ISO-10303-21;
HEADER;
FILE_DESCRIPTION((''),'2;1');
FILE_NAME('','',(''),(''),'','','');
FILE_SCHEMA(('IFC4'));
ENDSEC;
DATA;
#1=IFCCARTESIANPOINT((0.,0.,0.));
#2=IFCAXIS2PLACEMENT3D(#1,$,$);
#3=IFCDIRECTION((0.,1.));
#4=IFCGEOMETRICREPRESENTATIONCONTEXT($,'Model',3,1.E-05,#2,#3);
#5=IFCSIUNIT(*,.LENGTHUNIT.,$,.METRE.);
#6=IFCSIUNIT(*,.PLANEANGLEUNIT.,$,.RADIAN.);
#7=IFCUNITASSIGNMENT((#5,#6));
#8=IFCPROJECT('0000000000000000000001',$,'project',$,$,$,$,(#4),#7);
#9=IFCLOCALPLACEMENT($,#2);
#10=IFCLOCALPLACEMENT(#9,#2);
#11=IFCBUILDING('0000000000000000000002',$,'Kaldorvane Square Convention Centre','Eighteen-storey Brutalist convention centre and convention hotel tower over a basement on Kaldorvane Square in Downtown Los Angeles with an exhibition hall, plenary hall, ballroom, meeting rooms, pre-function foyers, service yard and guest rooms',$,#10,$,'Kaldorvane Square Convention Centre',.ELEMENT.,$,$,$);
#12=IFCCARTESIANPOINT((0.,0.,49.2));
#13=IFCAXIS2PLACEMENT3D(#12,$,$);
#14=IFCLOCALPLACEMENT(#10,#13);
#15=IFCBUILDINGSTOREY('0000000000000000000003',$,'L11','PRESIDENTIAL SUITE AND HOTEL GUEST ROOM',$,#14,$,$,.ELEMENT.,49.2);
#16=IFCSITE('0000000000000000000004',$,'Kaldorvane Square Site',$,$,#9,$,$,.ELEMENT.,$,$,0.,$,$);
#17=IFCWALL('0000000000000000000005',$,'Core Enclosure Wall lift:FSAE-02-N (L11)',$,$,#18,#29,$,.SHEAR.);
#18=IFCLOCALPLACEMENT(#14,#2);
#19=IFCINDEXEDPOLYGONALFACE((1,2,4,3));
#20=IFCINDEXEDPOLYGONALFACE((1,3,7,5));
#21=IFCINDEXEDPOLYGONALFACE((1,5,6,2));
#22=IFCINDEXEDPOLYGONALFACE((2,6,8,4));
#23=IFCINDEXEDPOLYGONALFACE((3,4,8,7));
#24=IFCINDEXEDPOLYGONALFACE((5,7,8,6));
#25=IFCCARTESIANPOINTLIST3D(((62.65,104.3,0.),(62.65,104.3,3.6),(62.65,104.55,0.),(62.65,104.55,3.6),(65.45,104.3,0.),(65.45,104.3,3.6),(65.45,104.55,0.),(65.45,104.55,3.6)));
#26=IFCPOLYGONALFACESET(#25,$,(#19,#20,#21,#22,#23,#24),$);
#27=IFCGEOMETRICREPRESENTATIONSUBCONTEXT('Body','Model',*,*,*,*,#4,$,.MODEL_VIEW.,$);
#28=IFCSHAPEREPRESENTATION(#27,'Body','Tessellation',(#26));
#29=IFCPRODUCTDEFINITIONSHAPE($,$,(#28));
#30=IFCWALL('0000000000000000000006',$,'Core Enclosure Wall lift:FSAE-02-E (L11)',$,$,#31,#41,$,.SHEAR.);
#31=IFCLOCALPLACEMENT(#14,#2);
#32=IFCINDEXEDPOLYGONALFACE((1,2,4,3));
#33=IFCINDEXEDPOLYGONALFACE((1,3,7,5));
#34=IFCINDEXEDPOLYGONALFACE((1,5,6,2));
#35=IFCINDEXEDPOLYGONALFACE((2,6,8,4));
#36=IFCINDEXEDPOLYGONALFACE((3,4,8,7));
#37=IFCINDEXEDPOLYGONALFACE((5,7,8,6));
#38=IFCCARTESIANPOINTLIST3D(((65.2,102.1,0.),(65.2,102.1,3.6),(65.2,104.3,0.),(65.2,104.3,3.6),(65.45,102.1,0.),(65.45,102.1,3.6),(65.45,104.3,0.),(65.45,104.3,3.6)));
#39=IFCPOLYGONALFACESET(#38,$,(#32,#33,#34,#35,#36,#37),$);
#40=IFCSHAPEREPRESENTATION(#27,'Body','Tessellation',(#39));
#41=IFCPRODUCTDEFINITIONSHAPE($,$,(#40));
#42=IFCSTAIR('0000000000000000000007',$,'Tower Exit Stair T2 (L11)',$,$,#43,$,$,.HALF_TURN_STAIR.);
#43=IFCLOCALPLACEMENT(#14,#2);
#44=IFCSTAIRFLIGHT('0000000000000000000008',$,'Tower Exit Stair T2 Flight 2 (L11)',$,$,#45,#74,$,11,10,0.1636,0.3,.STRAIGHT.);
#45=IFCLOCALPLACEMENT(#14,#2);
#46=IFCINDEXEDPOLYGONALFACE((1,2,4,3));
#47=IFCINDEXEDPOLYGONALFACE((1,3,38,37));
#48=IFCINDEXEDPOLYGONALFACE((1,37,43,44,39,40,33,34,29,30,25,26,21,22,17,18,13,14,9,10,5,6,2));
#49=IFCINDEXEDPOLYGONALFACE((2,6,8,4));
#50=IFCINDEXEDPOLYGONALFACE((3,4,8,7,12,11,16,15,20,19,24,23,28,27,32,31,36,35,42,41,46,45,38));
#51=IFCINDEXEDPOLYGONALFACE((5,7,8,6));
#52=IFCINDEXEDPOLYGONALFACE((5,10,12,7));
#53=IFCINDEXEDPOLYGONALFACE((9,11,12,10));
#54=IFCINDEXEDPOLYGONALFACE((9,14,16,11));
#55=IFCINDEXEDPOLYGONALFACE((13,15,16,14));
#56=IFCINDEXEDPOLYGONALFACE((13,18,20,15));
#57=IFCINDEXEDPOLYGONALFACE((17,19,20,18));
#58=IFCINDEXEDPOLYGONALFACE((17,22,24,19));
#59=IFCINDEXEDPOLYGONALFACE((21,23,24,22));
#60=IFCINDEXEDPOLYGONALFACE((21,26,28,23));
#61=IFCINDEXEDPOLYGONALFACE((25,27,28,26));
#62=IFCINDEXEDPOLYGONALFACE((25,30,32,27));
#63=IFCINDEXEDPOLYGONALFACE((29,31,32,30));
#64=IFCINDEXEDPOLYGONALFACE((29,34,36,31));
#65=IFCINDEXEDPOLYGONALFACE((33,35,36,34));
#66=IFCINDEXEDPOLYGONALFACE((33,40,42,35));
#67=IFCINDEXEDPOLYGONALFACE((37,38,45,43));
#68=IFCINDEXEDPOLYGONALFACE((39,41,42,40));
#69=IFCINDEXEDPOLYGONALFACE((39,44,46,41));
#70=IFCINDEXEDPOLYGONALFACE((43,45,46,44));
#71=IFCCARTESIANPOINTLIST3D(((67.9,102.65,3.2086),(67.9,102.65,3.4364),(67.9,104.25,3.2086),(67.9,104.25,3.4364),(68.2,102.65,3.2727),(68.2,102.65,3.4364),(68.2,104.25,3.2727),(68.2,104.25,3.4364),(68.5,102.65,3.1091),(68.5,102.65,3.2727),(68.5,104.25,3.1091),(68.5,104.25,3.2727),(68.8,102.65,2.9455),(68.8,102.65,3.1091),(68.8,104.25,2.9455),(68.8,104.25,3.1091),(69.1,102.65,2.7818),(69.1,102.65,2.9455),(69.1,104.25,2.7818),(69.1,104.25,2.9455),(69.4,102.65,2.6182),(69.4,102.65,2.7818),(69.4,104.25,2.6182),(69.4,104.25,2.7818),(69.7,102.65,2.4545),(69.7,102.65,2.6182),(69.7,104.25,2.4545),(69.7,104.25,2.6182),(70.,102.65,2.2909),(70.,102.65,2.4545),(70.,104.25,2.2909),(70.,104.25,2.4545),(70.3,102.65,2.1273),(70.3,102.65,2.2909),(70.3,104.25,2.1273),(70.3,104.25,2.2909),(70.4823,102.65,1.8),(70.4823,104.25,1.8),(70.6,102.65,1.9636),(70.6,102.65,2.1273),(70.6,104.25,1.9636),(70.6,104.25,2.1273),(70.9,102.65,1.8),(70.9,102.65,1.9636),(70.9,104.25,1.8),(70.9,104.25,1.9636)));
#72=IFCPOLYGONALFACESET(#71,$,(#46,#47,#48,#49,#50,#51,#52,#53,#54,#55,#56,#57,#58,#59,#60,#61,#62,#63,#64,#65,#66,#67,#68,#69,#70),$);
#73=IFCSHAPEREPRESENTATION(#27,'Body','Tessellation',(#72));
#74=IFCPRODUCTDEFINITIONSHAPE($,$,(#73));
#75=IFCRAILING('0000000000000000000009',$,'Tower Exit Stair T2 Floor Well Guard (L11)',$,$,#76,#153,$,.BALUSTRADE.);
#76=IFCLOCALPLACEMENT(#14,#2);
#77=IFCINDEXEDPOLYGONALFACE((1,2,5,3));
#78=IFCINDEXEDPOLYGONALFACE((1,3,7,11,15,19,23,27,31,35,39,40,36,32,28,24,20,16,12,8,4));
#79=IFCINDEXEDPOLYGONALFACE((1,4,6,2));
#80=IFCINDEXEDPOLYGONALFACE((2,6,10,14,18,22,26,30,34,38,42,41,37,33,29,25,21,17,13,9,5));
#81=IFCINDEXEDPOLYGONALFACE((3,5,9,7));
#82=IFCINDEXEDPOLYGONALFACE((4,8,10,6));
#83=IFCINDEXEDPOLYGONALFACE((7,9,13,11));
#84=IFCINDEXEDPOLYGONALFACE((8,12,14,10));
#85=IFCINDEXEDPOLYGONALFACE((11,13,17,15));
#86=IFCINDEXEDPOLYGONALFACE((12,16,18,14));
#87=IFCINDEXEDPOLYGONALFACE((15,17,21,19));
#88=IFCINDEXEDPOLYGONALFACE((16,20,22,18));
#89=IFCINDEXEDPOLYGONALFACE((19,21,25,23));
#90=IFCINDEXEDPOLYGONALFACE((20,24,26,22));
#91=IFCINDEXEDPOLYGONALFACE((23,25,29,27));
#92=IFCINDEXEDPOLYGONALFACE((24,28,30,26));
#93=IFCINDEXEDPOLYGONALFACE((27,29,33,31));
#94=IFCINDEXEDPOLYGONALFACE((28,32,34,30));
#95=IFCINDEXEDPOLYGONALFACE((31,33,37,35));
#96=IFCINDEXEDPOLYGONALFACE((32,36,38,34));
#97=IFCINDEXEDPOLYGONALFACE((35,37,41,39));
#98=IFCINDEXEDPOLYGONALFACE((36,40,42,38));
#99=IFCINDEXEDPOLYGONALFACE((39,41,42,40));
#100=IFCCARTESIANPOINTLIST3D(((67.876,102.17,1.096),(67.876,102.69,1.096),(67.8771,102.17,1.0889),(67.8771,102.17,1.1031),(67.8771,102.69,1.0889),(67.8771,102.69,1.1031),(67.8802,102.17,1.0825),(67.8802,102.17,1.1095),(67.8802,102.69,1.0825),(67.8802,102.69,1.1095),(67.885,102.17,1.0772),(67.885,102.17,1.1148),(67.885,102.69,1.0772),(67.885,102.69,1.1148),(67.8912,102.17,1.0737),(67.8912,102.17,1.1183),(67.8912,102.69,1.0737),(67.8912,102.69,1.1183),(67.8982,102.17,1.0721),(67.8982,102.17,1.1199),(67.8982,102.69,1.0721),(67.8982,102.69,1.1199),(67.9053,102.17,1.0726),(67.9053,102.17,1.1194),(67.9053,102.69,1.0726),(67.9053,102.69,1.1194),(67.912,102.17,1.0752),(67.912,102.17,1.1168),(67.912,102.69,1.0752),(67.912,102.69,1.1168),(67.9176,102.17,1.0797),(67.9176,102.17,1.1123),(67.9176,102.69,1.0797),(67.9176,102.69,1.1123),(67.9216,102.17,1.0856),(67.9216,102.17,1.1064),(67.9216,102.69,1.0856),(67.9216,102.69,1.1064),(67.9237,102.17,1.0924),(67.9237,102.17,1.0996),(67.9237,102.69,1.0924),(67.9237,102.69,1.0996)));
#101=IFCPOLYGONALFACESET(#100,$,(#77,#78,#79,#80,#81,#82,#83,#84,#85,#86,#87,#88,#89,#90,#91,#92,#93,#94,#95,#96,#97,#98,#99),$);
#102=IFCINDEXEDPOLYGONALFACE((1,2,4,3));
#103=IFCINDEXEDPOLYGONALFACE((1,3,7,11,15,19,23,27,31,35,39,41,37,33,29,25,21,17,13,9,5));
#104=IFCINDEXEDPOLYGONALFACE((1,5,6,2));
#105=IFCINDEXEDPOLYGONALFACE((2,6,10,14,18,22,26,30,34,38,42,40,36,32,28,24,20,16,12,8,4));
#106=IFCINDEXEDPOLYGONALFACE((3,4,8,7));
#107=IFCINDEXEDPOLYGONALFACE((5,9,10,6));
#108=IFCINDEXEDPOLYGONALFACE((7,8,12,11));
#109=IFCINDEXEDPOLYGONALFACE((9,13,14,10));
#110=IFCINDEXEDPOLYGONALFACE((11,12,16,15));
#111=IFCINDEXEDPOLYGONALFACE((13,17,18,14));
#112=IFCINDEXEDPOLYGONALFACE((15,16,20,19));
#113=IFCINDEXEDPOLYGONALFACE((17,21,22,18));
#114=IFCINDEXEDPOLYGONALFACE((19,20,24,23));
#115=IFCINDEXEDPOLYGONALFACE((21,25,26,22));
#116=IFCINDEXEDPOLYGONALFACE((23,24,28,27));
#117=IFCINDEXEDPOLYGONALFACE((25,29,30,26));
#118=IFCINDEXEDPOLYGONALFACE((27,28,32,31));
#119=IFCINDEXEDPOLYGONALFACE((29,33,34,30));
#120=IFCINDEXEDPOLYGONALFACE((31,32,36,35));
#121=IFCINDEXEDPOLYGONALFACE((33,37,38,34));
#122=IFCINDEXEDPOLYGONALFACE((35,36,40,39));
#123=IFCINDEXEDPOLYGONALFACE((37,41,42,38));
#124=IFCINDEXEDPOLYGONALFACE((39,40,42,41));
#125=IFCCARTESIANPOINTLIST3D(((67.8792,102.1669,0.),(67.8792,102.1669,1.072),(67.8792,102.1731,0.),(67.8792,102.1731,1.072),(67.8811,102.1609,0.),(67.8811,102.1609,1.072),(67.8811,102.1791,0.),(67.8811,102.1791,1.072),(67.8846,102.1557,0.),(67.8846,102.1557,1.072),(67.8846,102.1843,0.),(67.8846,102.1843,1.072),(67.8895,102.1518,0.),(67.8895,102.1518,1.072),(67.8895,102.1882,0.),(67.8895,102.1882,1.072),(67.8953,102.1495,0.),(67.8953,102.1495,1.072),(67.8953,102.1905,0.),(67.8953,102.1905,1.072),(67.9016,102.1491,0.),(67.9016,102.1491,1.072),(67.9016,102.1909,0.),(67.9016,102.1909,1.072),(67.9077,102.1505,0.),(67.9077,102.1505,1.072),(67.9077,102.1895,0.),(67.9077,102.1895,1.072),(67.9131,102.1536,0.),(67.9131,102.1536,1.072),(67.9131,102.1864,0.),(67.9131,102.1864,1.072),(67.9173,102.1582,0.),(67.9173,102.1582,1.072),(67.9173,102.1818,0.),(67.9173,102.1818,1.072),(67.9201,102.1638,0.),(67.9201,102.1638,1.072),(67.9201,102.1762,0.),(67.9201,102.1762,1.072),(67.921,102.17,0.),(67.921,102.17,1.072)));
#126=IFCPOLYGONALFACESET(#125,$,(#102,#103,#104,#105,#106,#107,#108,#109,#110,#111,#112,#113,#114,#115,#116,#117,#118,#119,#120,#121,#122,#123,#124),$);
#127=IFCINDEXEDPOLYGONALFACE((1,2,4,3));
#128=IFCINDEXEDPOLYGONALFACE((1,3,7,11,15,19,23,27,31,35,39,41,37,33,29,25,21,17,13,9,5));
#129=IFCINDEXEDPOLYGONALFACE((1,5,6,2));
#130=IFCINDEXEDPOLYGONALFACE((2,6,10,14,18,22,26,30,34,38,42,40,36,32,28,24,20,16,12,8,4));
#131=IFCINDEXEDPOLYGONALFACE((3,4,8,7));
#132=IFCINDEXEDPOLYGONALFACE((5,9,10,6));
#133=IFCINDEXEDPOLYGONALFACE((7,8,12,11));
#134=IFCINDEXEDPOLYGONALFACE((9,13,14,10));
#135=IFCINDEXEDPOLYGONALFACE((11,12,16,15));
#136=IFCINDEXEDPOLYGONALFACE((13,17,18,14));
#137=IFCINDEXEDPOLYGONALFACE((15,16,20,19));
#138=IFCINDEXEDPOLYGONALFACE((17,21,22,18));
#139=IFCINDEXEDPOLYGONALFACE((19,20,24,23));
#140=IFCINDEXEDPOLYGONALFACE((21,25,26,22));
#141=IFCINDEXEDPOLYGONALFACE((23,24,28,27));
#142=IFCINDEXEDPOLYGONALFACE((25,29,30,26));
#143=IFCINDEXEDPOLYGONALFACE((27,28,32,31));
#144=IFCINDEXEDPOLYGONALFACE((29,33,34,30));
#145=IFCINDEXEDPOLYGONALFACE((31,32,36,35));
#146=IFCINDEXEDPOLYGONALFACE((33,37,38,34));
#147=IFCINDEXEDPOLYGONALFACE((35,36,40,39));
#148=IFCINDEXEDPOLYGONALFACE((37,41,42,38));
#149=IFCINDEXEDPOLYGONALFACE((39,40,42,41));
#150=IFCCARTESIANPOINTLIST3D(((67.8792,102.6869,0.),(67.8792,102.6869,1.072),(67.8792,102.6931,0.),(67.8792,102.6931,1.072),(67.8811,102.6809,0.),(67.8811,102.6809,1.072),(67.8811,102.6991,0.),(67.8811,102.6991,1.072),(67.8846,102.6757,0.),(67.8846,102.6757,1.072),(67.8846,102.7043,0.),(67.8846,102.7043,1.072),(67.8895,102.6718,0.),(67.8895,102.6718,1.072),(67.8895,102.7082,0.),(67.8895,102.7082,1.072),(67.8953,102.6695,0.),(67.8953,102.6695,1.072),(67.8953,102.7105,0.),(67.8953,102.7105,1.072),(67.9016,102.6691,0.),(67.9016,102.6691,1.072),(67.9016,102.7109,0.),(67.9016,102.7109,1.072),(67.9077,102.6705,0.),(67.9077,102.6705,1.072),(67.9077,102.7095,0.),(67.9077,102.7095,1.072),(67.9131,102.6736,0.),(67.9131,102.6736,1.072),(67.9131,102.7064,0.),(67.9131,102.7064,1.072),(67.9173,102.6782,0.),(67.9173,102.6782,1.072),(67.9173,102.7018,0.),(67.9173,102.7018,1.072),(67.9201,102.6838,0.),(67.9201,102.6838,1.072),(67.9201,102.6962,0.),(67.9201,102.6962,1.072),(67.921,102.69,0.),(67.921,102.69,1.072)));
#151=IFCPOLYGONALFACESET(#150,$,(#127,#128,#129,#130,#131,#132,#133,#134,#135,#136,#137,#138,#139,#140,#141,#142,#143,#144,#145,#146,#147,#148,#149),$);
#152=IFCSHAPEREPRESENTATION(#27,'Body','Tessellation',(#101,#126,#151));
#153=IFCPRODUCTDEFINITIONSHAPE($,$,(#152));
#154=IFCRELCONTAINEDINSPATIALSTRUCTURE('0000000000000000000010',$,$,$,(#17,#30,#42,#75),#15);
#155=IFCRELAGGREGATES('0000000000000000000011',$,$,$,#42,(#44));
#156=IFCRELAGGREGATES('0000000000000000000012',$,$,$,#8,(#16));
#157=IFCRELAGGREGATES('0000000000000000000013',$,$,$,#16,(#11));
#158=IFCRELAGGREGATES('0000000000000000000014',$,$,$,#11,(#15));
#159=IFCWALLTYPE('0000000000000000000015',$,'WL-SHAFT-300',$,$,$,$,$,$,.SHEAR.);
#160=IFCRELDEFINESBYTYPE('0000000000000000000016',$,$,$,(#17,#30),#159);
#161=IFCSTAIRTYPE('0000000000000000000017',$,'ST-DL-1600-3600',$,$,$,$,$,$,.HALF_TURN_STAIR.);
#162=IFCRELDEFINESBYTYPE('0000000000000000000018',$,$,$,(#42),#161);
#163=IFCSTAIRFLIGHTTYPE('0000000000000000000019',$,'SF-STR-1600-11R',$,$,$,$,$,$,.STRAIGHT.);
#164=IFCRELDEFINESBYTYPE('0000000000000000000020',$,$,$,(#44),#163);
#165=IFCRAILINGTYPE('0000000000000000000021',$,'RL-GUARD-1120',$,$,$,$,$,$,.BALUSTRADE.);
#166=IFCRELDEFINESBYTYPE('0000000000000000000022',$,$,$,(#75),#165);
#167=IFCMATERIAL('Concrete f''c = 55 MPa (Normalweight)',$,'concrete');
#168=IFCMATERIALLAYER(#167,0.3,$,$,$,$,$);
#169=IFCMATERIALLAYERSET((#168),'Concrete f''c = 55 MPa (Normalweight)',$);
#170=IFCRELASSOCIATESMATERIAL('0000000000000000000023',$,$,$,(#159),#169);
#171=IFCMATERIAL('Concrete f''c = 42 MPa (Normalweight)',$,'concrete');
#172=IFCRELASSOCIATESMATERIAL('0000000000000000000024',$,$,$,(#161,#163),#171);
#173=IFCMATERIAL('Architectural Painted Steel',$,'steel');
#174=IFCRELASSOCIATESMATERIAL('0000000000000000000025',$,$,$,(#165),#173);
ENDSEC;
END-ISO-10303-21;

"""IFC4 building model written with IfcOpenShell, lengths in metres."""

from ifc_helpers import new_model, si_unit, direction, frame, frame_2d, origin, origin_2d, place, context, subcontext, project, spatial, polyline, rectangle, circle, outline, extrude, material, layer, layer_set, type_object, element, aggregate, save


model = new_model("IFC4")

# Units and contexts
model_context = context("Model", 3, precision=1e-05, world=origin(), true_north=direction((0.0, 1.0)))
body_context = subcontext(model_context, "Body", "Model", "MODEL_VIEW")
ifc_project = project(units=[si_unit("LENGTHUNIT", "METRE"), si_unit("PLANEANGLEUNIT", "RADIAN")], contexts=[model_context])

# Site, building, storey
site_placement = place(None, origin())
site = spatial("IfcSite", under=ifc_project, at=site_placement, Name="Kaldorvane Square Site", CompositionType="ELEMENT", RefElevation=0.0)
building_placement = place(site_placement, origin())
building = spatial("IfcBuilding", under=site, at=building_placement, Name="Kaldorvane Square Convention Centre", Description="Eighteen-storey Brutalist convention centre and convention hotel tower over a basement on Kaldorvane Square in Downtown Los Angeles with an exhibition hall, plenary hall, ballroom, meeting rooms, pre-function foyers, service yard and guest rooms", LongName="Kaldorvane Square Convention Centre", CompositionType="ELEMENT")
storey_placement = place(building_placement, frame((0.0, 0.0, 49.2)))
storey = spatial("IfcBuildingStorey", under=building, at=storey_placement, Name="L11", Description="PRESIDENTIAL SUITE AND HOTEL GUEST ROOM", CompositionType="ELEMENT", Elevation=49.2)

# Shared definitions
ifc_material_1 = material(Name="Concrete f'c = 42 MPa (Normalweight)", Category="concrete")

# Walls
ifc_material_2 = material(Name="Concrete f'c = 55 MPa (Normalweight)", Category="concrete")
ifc_layer_1 = layer(ifc_material_2, 0.3)
ifc_layer_set_1 = layer_set([ifc_layer_1], Name="Concrete f'c = 55 MPa (Normalweight)")
wall_type_1 = type_object("IfcWallType", Name="WL-SHAFT-300", PredefinedType="SHEAR", material=ifc_layer_set_1)
wall_1_placement = place(storey_placement, frame((65.45, 104.425, 0.0), z_axis=(0.0, 0.0, 1.0), x_axis=(-1.0, 0.0, 0.0)))
element("IfcWall", 1, at=wall_1_placement, inside=storey, type_object=wall_type_1, Name="Core Enclosure Wall lift:FSAE-02-N (L11)", PredefinedType="SHEAR", context=body_context, shape_type="SweptSolid", body=[
    extrude(rectangle(XDim=2.8, YDim=0.25, at=frame_2d((1.4, 0.0))), origin(), (0.0, 0.0, 1.0), 3.6),
])
wall_2_placement = place(storey_placement, frame((65.325, 102.1, 0.0), z_axis=(0.0, 0.0, 1.0), x_axis=(0.0, 1.0, 0.0)))
element("IfcWall", 2, at=wall_2_placement, inside=storey, type_object=wall_type_1, Name="Core Enclosure Wall lift:FSAE-02-E (L11)", PredefinedType="SHEAR", context=body_context, shape_type="SweptSolid", body=[
    extrude(rectangle(XDim=2.2, YDim=0.25, at=frame_2d((1.1, 0.0))), origin(), (0.0, 0.0, 1.0), 3.6),
])

# Stair, stair flight
stair_type = type_object("IfcStairType", Name="ST-DL-1600-3600", PredefinedType="HALF_TURN_STAIR", material=ifc_material_1)
stair_placement = place(storey_placement, origin())
stair = element("IfcStair", 3, at=stair_placement, inside=storey, type_object=stair_type, Name="Tower Exit Stair T2 (L11)", PredefinedType="HALF_TURN_STAIR")
stair_flight_type = type_object("IfcStairFlightType", Name="SF-STR-1600-11R", PredefinedType="STRAIGHT", material=ifc_material_1)
stair_flight_placement = place(storey_placement, frame((70.9, 103.45, 1.8), z_axis=(0.0, 0.0, 1.0), x_axis=(-1.0, 0.0, 0.0)))
stair_flight = element("IfcStairFlight", 4, at=stair_flight_placement, type_object=stair_flight_type, Name="Tower Exit Stair T2 Flight 2 (L11)", NumberOfRisers=11, NumberOfTreads=10, PredefinedType="STRAIGHT", RiserHeight=0.1636, TreadLength=0.3, context=body_context, shape_type="SweptSolid", body=[
    extrude(outline(polyline([(0.0, 0.0), (0.0, 0.1636), (0.3, 0.1636), (0.3, 0.3273), (0.6, 0.3273), (0.6, 0.4909), (0.9, 0.4909), (0.9, 0.6545), (1.2, 0.6545), (1.2, 0.8182), (1.5, 0.8182), (1.5, 0.9818), (1.8, 0.9818), (1.8, 1.1455), (2.1, 1.1455), (2.1, 1.3091), (2.4, 1.3091), (2.4, 1.4727), (2.7, 1.4727), (2.7, 1.6364), (3.0, 1.6364), (3.0, 1.8), (3.0, 1.4086), (0.4177, 0.0), (0.0, 0.0)])), frame((0.0, 0.8, 0.0), z_axis=(0.0, -1.0, 0.0), x_axis=(1.0, 0.0, 0.0)), (0.0, 0.0, 1.0), 1.6),
])
aggregate(stair, [stair_flight])

# Railing
ifc_material_3 = material(Name="Architectural Painted Steel", Category="steel")
railing_type_1 = type_object("IfcRailingType", Name="RL-GUARD-1120", PredefinedType="BALUSTRADE", material=ifc_material_3)
for number, where, name in (
    (5, (67.9, 102.17, 0.0), "Tower Exit Stair T2 Floor Well Guard (L11)"),
):
    element("IfcRailing", number, at=place(storey_placement, frame(where)), inside=storey, type_object=railing_type_1, Name=name, PredefinedType="BALUSTRADE", context=body_context, shape_type="SweptSolid", body=[
        extrude(circle(Radius=0.024, at=origin_2d()), frame((0.0, 0.0, 1.096), z_axis=(0.0, 1.0, 0.0), x_axis=(-1.0, 0.0, 0.0)), (0.0, 0.0, 1.0), 0.52),
        extrude(circle(Radius=0.021, at=origin_2d()), origin(), (0.0, 0.0, 1.0), 1.072),
        extrude(circle(Radius=0.021, at=origin_2d()), frame((0.0, 0.52, 0.0)), (0.0, 0.0, 1.0), 1.072),
    ])

save(model, "model.ifc")
